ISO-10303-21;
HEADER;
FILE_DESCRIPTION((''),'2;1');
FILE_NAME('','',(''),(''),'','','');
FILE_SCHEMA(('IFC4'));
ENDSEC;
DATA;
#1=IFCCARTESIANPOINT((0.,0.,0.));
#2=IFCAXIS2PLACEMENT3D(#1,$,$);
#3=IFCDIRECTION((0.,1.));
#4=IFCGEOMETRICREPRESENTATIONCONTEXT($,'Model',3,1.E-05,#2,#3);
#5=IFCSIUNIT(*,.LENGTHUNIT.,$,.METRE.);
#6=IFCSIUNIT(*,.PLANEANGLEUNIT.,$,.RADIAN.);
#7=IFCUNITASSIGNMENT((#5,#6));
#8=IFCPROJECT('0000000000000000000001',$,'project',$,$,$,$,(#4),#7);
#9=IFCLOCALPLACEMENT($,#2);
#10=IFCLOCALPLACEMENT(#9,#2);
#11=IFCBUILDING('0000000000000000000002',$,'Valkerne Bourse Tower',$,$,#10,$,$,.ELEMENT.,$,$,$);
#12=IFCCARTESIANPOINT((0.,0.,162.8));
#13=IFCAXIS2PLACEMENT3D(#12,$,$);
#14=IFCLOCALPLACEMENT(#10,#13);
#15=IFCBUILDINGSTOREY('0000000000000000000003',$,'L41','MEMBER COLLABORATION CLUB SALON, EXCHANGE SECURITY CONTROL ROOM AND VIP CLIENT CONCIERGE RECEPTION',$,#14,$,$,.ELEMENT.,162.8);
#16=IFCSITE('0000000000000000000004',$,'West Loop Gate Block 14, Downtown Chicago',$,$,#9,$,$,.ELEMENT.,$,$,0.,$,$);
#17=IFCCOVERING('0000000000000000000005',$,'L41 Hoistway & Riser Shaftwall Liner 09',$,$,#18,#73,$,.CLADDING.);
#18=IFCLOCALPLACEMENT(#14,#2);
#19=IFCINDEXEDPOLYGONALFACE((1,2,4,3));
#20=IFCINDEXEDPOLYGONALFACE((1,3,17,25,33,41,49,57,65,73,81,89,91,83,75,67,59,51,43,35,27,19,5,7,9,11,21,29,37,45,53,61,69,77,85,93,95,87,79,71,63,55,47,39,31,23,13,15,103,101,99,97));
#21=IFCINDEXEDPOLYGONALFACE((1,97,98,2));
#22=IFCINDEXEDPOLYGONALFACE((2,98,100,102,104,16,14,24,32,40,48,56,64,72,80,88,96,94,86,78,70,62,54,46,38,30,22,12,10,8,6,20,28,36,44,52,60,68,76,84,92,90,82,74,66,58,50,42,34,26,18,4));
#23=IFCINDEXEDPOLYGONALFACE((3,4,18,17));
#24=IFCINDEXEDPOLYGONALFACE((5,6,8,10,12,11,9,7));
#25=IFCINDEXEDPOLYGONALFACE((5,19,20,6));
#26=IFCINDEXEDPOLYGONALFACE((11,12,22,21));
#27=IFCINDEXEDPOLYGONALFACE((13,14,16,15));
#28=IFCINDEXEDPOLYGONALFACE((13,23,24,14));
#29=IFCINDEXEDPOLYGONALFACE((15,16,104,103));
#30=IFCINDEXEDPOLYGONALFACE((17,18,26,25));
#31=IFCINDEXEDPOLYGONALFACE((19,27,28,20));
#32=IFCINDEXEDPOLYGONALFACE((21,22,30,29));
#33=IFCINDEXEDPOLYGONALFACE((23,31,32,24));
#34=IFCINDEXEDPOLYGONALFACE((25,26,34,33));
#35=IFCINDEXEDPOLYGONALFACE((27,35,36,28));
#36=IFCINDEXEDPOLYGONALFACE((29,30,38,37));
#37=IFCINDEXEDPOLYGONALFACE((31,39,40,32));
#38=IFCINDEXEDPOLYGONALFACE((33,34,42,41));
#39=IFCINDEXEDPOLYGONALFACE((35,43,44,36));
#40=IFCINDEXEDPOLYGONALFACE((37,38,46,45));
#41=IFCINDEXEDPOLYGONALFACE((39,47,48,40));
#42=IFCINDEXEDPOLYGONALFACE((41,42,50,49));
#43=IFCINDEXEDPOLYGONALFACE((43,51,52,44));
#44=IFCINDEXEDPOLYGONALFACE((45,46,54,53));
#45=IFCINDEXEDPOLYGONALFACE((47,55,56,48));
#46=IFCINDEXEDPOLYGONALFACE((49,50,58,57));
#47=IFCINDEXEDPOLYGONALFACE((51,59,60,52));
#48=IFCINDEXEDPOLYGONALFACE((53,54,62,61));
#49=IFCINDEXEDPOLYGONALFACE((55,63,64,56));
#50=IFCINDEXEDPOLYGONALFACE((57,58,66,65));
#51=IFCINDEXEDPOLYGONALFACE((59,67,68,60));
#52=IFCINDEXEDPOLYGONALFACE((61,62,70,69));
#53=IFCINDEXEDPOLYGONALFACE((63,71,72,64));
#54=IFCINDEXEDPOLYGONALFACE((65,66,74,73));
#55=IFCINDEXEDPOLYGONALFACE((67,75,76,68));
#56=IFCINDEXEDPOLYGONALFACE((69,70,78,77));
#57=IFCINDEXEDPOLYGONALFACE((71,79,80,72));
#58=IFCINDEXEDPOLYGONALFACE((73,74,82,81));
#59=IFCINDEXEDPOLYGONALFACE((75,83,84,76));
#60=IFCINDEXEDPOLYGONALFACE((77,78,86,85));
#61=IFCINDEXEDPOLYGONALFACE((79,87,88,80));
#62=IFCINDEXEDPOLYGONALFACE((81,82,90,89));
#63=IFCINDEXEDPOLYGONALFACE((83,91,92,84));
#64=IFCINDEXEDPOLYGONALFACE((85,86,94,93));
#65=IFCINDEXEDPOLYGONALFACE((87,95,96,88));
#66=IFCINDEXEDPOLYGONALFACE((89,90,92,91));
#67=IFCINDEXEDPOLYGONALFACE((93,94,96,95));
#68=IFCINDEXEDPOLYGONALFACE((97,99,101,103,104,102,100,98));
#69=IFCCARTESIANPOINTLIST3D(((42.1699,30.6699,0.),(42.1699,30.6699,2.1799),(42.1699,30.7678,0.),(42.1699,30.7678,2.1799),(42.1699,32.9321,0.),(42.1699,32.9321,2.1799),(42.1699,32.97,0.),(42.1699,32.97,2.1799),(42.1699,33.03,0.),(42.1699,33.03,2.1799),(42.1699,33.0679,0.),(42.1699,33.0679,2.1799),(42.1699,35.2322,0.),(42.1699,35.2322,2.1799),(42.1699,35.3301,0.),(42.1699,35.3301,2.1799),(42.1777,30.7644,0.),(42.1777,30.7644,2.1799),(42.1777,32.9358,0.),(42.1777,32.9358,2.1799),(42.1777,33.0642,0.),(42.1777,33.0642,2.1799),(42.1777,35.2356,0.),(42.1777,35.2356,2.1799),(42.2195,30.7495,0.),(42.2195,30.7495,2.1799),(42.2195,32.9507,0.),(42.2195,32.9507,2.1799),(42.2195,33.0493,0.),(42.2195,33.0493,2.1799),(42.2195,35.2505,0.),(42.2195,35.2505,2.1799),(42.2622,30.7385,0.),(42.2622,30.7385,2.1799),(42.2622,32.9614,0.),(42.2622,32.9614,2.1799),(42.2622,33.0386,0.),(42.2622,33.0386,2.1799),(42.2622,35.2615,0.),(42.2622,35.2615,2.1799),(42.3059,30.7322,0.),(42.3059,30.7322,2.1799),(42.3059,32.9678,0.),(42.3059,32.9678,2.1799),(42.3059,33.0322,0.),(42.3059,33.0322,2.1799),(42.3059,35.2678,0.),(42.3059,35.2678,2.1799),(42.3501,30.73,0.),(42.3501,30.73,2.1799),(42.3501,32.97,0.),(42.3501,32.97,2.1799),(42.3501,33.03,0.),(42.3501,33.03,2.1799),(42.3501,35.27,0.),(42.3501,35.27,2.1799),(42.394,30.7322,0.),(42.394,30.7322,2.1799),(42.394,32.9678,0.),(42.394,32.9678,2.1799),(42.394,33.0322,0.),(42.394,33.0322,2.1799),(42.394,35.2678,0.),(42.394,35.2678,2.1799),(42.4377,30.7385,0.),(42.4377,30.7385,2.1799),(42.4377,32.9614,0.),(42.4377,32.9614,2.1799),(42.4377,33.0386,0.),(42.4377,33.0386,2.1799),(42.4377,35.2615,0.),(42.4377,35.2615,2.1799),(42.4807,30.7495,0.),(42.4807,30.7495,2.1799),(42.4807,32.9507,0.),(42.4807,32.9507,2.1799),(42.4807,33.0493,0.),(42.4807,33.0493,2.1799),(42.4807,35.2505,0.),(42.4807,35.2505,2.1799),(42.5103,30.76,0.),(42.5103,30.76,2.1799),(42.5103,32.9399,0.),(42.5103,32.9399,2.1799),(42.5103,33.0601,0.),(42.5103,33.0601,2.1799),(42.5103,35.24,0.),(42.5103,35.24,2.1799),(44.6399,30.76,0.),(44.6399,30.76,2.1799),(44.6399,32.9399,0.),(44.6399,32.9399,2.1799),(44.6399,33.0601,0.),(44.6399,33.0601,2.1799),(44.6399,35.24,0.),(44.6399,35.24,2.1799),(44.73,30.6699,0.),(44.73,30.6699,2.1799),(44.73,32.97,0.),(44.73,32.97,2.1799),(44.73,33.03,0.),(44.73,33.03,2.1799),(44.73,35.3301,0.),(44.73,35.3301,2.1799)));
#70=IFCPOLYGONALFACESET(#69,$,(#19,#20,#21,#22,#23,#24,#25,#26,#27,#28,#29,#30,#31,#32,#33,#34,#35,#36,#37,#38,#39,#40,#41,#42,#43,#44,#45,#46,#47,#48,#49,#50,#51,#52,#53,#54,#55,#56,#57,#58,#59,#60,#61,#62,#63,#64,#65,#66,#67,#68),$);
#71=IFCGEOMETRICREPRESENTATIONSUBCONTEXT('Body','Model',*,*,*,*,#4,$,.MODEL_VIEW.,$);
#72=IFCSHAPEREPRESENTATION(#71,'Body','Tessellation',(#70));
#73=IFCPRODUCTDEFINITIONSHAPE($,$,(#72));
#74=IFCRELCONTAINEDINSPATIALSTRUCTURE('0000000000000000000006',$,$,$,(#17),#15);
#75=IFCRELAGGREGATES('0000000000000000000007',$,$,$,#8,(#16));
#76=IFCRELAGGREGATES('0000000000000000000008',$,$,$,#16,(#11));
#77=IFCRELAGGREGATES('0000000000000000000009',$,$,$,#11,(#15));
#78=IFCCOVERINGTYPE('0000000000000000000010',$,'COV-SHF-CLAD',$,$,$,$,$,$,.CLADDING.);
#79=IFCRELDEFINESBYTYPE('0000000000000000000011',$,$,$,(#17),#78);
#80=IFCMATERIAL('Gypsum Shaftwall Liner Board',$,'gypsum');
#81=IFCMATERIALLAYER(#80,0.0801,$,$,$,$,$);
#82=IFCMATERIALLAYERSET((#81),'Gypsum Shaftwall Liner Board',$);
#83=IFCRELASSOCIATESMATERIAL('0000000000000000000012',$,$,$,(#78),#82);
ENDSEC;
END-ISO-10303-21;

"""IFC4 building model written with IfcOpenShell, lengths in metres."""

from ifc_helpers import new_model, si_unit, direction, frame, origin, place, context, subcontext, project, spatial, polyline, outline, extrude, material, layer, layer_set, type_object, element, save


model = new_model("IFC4")

# Units and contexts
model_context = context("Model", 3, precision=1e-05, world=origin(), true_north=direction((0.0, 1.0)))
body_context = subcontext(model_context, "Body", "Model", "MODEL_VIEW")
ifc_project = project(units=[si_unit("LENGTHUNIT", "METRE"), si_unit("PLANEANGLEUNIT", "RADIAN")], contexts=[model_context])

# Site, building, storey
site_placement = place(None, origin())
site = spatial("IfcSite", under=ifc_project, at=site_placement, Name="West Loop Gate Block 14, Downtown Chicago", CompositionType="ELEMENT", RefElevation=0.0)
building_placement = place(site_placement, origin())
building = spatial("IfcBuilding", under=site, at=building_placement, Name="Valkerne Bourse Tower", CompositionType="ELEMENT")
storey_placement = place(building_placement, frame((0.0, 0.0, 162.8)))
storey = spatial("IfcBuildingStorey", under=building, at=storey_placement, Name="L41", Description="MEMBER COLLABORATION CLUB SALON, EXCHANGE SECURITY CONTROL ROOM AND VIP CLIENT CONCIERGE RECEPTION", CompositionType="ELEMENT", Elevation=162.8)

# Covering
ifc_material_1 = material(Name="Gypsum Shaftwall Liner Board", Category="gypsum")
ifc_layer_1 = layer(ifc_material_1, 0.0801)
ifc_layer_set_1 = layer_set([ifc_layer_1], Name="Gypsum Shaftwall Liner Board")
covering_type_1 = type_object("IfcCoveringType", Name="COV-SHF-CLAD", PredefinedType="CLADDING", material=ifc_layer_set_1)
covering_1_placement = place(storey_placement, origin())
element("IfcCovering", 1, at=covering_1_placement, inside=storey, type_object=covering_type_1, Name="L41 Hoistway & Riser Shaftwall Liner 09", PredefinedType="CLADDING", context=body_context, shape_type="SweptSolid", body=[
    extrude(outline(polyline([(42.1699, 33.0679), (42.1777, 33.0642), (42.2195, 33.0493), (42.2622, 33.0386), (42.3059, 33.0322), (42.3501, 33.03), (42.394, 33.0322), (42.4377, 33.0386), (42.4807, 33.0493), (42.5103, 33.0601), (44.6399, 33.0601), (44.6399, 35.24), (42.5103, 35.24), (42.4807, 35.2505), (42.4377, 35.2615), (42.394, 35.2678), (42.3501, 35.27), (42.3059, 35.2678), (42.2622, 35.2615), (42.2195, 35.2505), (42.1777, 35.2356), (42.1699, 35.2322), (42.1699, 35.3301), (44.73, 35.3301), (44.73, 33.03), (44.73, 32.97), (44.73, 30.6699), (42.1699, 30.6699), (42.1699, 30.7678), (42.1777, 30.7644), (42.2195, 30.7495), (42.2622, 30.7385), (42.3059, 30.7322), (42.3501, 30.73), (42.394, 30.7322), (42.4377, 30.7385), (42.4807, 30.7495), (42.5103, 30.76), (44.6399, 30.76), (44.6399, 32.9399), (42.5103, 32.9399), (42.4807, 32.9507), (42.4377, 32.9614), (42.394, 32.9678), (42.3501, 32.97), (42.3059, 32.9678), (42.2622, 32.9614), (42.2195, 32.9507), (42.1777, 32.9358), (42.1699, 32.9321), (42.1699, 32.97), (42.1699, 33.03), (42.1699, 33.0679)])), origin(), (0.0, 0.0, 1.0), 2.1799),
])

save(model, "model.ifc")
